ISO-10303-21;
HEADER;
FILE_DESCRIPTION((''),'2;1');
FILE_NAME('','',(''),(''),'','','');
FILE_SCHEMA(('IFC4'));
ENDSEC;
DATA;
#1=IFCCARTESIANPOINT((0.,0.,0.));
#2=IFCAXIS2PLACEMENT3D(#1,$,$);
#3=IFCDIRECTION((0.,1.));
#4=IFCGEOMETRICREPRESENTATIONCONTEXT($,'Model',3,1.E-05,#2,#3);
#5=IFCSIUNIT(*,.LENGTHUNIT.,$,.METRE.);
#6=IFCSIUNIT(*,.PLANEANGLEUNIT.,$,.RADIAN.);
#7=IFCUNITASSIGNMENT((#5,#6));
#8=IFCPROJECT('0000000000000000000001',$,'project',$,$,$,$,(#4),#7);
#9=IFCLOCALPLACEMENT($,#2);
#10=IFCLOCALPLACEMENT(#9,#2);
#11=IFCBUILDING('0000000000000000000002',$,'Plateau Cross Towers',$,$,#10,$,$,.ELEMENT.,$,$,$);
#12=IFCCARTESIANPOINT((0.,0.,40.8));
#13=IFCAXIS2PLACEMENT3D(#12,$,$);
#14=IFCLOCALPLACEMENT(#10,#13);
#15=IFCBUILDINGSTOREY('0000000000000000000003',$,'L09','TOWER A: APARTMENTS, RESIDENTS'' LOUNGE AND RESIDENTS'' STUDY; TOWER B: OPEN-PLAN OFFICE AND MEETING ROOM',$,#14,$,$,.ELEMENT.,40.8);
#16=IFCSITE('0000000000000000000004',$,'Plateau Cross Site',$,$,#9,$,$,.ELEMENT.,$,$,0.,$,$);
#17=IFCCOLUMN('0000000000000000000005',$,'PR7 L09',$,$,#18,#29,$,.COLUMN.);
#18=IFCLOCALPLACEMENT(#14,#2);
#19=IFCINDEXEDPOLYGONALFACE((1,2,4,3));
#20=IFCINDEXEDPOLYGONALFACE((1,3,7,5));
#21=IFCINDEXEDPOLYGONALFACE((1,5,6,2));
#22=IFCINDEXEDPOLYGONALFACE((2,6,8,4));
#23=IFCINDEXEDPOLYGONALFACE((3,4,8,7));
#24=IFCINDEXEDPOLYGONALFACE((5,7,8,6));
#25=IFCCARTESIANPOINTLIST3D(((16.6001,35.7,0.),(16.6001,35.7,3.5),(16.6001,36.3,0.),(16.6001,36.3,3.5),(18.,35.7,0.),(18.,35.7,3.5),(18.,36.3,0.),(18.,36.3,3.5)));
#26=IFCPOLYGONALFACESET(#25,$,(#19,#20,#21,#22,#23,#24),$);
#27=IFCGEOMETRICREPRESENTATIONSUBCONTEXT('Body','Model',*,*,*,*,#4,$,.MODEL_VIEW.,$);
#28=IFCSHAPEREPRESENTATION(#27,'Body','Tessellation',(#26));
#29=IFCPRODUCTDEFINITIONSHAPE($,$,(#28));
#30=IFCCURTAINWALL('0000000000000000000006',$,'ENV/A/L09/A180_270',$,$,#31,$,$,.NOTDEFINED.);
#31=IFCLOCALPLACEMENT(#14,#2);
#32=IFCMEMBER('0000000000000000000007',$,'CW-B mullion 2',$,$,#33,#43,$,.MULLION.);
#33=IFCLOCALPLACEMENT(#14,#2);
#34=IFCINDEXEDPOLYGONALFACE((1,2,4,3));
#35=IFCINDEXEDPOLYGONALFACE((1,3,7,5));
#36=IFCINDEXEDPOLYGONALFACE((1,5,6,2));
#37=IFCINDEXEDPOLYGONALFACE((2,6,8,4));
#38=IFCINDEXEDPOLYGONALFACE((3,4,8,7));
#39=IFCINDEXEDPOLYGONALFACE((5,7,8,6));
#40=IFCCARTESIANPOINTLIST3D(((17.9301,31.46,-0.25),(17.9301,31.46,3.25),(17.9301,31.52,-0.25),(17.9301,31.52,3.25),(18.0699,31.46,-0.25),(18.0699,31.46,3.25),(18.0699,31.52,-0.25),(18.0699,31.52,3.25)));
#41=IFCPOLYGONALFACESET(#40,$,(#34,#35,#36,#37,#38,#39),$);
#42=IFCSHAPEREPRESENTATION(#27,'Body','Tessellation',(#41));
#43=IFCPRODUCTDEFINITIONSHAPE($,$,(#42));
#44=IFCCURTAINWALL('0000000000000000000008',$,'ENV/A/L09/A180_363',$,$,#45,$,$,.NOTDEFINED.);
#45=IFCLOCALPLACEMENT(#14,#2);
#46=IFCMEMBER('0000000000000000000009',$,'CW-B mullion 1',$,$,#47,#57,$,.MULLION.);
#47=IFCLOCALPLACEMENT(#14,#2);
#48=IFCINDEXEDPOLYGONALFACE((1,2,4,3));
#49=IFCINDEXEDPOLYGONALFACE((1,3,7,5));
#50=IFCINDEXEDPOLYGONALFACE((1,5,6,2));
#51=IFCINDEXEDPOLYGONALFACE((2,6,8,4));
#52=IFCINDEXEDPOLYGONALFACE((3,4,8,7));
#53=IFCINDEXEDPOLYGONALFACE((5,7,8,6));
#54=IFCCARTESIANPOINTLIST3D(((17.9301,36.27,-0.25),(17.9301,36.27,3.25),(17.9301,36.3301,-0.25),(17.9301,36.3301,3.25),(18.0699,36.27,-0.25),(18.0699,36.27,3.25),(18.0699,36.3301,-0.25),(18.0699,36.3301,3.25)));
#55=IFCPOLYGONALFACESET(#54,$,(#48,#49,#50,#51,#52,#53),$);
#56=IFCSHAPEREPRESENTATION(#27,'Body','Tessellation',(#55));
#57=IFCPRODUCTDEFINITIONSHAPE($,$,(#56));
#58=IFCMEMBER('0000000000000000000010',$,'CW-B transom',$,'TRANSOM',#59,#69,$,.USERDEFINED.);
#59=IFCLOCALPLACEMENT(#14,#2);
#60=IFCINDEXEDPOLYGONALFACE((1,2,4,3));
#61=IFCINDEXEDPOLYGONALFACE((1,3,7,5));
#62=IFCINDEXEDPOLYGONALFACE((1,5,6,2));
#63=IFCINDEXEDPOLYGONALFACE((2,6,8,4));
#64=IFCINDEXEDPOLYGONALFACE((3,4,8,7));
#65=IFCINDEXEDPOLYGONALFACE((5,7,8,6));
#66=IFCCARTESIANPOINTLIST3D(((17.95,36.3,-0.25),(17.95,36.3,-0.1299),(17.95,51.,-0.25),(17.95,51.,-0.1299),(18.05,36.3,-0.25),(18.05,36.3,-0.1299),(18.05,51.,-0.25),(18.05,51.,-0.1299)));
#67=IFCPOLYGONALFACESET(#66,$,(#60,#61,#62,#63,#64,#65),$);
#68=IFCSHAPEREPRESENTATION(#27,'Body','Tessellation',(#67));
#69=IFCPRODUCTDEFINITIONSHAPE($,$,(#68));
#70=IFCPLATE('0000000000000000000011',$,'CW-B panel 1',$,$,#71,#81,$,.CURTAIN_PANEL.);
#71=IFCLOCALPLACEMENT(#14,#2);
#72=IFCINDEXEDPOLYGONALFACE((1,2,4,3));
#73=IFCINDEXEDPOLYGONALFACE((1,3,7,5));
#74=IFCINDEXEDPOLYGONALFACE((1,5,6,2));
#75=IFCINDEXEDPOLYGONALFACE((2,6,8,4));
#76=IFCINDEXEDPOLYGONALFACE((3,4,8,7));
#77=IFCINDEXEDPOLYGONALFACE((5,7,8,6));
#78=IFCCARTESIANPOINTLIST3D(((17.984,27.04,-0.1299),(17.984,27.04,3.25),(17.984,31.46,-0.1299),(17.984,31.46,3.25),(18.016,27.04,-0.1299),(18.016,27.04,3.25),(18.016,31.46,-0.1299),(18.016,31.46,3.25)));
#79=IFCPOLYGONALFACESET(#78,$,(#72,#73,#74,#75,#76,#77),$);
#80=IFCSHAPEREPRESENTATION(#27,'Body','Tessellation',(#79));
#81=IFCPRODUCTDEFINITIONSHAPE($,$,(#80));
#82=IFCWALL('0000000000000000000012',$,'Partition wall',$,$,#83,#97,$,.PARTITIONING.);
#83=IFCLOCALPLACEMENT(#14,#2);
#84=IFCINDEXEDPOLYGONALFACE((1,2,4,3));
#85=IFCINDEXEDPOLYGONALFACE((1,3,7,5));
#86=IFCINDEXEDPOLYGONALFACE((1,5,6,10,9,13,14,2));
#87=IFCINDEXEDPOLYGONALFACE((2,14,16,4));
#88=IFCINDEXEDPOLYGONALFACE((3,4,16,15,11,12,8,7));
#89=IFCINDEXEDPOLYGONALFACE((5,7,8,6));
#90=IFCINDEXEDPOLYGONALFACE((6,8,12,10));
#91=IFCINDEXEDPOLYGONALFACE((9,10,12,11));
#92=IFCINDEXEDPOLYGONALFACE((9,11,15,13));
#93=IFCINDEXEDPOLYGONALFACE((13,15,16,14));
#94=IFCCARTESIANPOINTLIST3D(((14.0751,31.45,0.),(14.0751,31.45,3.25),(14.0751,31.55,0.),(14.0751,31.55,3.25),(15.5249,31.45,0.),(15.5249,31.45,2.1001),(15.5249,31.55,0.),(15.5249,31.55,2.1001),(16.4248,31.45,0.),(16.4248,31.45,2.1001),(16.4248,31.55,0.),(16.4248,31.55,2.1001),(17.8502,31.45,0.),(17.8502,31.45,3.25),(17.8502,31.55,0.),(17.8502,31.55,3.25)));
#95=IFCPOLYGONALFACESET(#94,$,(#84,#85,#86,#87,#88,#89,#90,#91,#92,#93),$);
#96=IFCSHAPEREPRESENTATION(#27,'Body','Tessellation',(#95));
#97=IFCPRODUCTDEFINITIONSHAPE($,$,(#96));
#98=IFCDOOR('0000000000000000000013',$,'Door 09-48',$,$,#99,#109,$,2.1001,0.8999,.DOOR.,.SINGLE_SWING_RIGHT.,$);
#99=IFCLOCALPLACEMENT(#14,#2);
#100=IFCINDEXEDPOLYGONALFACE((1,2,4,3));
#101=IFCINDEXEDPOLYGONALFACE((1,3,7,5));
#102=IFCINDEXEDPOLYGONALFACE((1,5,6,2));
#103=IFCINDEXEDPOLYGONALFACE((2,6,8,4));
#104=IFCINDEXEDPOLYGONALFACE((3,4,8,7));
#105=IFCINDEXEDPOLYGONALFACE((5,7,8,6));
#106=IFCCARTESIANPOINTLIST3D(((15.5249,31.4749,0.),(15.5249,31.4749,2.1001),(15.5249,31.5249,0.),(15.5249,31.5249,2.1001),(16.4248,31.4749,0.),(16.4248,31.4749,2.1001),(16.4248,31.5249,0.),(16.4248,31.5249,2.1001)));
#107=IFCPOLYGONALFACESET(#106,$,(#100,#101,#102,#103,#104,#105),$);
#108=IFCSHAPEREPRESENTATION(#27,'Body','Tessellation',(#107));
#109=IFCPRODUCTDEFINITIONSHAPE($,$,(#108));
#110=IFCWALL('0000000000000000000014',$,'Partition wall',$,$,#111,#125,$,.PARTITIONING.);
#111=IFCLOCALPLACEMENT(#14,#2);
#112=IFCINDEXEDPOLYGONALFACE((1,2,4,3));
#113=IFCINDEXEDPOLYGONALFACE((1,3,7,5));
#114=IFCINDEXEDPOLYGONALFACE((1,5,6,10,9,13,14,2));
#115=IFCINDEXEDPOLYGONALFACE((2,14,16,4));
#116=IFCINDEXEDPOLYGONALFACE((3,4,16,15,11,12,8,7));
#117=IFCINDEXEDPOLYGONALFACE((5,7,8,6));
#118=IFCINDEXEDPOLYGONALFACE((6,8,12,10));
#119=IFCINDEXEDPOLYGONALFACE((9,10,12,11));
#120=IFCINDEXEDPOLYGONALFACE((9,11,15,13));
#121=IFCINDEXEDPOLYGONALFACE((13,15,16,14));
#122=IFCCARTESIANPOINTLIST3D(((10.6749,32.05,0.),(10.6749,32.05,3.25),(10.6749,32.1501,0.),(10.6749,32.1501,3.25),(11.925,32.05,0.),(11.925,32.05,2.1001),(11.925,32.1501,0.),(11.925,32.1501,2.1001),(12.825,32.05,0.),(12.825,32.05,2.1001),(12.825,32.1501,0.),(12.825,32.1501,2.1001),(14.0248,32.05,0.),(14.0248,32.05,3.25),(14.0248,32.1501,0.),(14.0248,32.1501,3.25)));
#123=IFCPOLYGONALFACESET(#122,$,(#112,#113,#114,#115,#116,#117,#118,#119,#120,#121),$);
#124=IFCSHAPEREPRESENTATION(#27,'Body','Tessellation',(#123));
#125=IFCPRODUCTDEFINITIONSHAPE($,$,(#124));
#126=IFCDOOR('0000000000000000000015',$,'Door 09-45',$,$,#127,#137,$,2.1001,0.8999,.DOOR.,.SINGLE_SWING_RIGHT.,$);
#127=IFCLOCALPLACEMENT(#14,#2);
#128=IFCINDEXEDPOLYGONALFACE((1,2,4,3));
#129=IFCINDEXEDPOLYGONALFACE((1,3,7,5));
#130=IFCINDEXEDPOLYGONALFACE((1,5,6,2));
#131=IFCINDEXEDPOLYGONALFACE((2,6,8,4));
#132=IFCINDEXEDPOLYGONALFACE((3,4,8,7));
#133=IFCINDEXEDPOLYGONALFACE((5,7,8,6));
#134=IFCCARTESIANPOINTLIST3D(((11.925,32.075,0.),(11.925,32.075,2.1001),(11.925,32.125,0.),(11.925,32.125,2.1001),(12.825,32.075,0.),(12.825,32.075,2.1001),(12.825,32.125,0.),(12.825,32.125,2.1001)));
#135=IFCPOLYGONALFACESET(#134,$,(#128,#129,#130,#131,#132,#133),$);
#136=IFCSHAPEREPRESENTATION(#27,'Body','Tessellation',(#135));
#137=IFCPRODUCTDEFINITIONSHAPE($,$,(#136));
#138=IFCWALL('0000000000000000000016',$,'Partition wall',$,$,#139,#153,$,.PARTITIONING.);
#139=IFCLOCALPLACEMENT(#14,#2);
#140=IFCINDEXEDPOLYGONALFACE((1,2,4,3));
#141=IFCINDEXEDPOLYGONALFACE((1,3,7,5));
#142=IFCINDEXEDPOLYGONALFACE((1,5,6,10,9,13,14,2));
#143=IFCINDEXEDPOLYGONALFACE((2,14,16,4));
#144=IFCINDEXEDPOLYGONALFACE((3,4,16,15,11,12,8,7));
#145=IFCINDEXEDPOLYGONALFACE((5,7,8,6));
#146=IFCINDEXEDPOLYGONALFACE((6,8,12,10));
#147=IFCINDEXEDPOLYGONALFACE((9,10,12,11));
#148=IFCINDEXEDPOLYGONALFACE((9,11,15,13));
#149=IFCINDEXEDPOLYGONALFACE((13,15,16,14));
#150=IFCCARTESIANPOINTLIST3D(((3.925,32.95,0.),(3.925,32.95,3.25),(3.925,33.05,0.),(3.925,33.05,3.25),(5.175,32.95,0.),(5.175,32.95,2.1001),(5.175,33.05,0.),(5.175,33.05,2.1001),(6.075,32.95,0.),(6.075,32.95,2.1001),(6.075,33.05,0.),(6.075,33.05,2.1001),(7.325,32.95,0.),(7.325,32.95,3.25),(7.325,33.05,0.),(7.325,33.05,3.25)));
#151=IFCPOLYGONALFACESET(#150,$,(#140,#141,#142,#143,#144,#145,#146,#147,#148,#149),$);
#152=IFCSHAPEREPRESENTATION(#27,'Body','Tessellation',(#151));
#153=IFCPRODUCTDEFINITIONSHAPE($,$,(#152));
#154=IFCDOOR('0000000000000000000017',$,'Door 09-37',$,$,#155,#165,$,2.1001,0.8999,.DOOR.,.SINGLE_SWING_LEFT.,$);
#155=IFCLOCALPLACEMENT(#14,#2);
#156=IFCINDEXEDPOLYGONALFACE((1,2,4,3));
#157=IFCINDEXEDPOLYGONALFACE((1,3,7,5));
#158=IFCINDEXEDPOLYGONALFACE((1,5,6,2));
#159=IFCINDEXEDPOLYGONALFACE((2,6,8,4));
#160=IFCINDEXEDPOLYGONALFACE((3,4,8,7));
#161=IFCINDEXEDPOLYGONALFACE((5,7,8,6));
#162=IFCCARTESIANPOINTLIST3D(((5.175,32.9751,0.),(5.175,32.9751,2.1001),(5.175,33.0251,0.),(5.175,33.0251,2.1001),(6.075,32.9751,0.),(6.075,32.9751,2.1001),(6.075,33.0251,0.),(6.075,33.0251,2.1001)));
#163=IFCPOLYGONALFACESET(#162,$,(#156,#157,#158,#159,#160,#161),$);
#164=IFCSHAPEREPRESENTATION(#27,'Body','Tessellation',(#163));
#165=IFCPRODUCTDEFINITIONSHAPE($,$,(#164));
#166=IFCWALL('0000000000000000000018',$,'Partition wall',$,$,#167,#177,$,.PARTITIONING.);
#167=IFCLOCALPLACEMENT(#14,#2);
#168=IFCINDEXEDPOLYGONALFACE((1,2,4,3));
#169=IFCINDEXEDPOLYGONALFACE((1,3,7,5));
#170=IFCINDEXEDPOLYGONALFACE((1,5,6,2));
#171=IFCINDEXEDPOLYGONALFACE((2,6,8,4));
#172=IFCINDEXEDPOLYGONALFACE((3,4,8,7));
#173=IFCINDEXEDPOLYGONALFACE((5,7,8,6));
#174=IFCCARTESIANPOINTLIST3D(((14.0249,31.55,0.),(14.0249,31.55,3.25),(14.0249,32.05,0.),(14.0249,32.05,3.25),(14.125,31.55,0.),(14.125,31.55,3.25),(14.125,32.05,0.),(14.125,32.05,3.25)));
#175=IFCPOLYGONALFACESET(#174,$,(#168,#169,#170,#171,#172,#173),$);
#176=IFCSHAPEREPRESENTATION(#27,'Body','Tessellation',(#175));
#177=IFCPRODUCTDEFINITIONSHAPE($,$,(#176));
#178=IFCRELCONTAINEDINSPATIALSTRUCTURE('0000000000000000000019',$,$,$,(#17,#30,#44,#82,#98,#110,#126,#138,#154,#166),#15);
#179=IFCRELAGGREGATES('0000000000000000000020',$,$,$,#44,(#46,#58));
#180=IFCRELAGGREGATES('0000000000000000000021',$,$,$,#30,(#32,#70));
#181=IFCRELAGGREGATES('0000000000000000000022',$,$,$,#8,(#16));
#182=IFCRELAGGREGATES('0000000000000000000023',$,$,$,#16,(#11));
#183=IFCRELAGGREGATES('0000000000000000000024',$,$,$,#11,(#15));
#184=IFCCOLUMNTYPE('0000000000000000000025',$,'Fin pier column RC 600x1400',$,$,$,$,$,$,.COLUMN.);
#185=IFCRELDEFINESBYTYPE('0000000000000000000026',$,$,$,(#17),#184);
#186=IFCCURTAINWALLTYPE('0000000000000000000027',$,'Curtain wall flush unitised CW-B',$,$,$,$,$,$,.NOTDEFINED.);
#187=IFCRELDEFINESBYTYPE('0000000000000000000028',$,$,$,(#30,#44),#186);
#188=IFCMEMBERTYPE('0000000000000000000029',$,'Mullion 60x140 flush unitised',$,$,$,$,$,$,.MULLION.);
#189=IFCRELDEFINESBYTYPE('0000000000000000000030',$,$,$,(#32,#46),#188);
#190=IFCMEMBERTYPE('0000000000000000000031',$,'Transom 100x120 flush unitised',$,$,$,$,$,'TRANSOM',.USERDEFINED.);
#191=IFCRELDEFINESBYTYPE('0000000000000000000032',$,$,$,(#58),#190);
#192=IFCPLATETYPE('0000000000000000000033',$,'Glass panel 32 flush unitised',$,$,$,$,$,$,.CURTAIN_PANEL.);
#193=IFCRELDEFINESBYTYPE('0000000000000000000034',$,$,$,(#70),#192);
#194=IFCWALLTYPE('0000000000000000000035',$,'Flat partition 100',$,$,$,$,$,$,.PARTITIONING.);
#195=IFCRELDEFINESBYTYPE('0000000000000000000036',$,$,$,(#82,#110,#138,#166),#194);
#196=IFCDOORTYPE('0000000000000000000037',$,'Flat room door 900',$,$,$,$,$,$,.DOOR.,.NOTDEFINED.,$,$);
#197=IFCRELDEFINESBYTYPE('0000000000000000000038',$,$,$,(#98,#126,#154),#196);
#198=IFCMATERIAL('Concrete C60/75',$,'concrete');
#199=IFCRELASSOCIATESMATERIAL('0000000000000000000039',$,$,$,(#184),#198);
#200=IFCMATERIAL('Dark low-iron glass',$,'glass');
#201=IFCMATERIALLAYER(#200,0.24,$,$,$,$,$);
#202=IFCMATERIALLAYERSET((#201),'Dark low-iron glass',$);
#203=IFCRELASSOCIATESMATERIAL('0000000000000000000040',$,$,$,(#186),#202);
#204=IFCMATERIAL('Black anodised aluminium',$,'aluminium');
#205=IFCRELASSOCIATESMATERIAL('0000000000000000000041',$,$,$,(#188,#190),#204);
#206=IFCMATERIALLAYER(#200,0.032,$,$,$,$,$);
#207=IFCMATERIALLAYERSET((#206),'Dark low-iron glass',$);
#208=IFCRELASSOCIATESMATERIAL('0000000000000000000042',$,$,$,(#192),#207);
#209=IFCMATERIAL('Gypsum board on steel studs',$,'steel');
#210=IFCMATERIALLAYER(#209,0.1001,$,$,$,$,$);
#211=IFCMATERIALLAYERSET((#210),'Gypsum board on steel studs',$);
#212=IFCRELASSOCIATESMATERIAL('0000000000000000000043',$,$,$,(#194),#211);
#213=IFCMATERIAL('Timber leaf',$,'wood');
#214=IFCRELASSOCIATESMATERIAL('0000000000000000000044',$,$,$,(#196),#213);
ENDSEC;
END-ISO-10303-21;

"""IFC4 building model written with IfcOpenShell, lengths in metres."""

from ifc_helpers import new_model, si_unit, direction, frame, frame_2d, origin, origin_2d, place, context, subcontext, project, spatial, rectangle, extrude, material, layer, layer_set, material_profile, profile_set, type_object, element, fill, aggregate, save


model = new_model("IFC4")

# Units and contexts
model_context = context("Model", 3, precision=1e-05, world=origin(), true_north=direction((0.0, 1.0)))
body_context = subcontext(model_context, "Body", "Model", "MODEL_VIEW")
ifc_project = project(units=[si_unit("LENGTHUNIT", "METRE"), si_unit("PLANEANGLEUNIT", "RADIAN")], contexts=[model_context])

# Site, building, storey
site_placement = place(None, origin())
site = spatial("IfcSite", under=ifc_project, at=site_placement, Name="Plateau Cross Site", CompositionType="ELEMENT", RefElevation=0.0)
building_placement = place(site_placement, origin())
building = spatial("IfcBuilding", under=site, at=building_placement, Name="Plateau Cross Towers", CompositionType="ELEMENT")
storey_placement = place(building_placement, frame((0.0, 0.0, 40.8)))
storey = spatial("IfcBuildingStorey", under=building, at=storey_placement, Name="L09", Description="TOWER A: APARTMENTS, RESIDENTS' LOUNGE AND RESIDENTS' STUDY; TOWER B: OPEN-PLAN OFFICE AND MEETING ROOM", CompositionType="ELEMENT", Elevation=40.8)

# Column
ifc_material_1 = material(Name="Concrete C60/75", Category="concrete")
ifc_material_profile_1 = material_profile(ifc_material_1, rectangle(XDim=0.6001, YDim=1.3999, at=origin_2d()), Name="RC 600x1400")
ifc_profile_set_1 = profile_set([ifc_material_profile_1], Name="Concrete C60/75")
column_type = type_object("IfcColumnType", Name="Fin pier column RC 600x1400", PredefinedType="COLUMN", material=ifc_profile_set_1)
column_placement = place(storey_placement, frame((17.3, 36.0, 0.0), z_axis=(0.0, 0.0, 1.0), x_axis=(0.0, 1.0, 0.0)))
element("IfcColumn", 1, at=column_placement, inside=storey, type_object=column_type, Name="PR7 L09", PredefinedType="COLUMN", context=body_context, shape_type="SweptSolid", body=[
    extrude(rectangle(XDim=0.6001, YDim=1.3999, at=origin_2d()), origin(), (0.0, 0.0, 1.0), 3.5),
])

# Curtain wall, member
ifc_material_2 = material(Name="Dark low-iron glass", Category="glass")
ifc_layer_1 = layer(ifc_material_2, 0.24)
ifc_layer_set_1 = layer_set([ifc_layer_1], Name="Dark low-iron glass")
curtain_wall_type = type_object("IfcCurtainWallType", Name="Curtain wall flush unitised CW-B", PredefinedType="NOTDEFINED", material=ifc_layer_set_1)
curtain_wall_1_placement = place(storey_placement, origin())
curtain_wall_1 = element("IfcCurtainWall", 2, at=curtain_wall_1_placement, inside=storey, type_object=curtain_wall_type, Name="ENV/A/L09/A180_270", PredefinedType="NOTDEFINED")
ifc_material_3 = material(Name="Black anodised aluminium", Category="aluminium")
ifc_material_profile_2 = material_profile(ifc_material_3, rectangle(XDim=0.0601, YDim=0.1399, at=origin_2d()), Name="MULLION 60x140")
ifc_profile_set_2 = profile_set([ifc_material_profile_2], Name="Black anodised aluminium")
member_type_1 = type_object("IfcMemberType", Name="Mullion 60x140 flush unitised", PredefinedType="MULLION", material=ifc_profile_set_2)
member_1_placement = place(storey_placement, frame((18.0, 31.49, -0.25), z_axis=(0.0, 0.0, 1.0), x_axis=(0.0, 1.0, 0.0)))
member_1 = element("IfcMember", 3, at=member_1_placement, type_object=member_type_1, Name="CW-B mullion 2", PredefinedType="MULLION", context=body_context, shape_type="SweptSolid", body=[
    extrude(rectangle(XDim=0.0601, YDim=0.1399, at=origin_2d()), origin(), (0.0, 0.0, 1.0), 3.5),
])

# Curtain wall, members
curtain_wall_2_placement = place(storey_placement, origin())
curtain_wall_2 = element("IfcCurtainWall", 4, at=curtain_wall_2_placement, inside=storey, type_object=curtain_wall_type, Name="ENV/A/L09/A180_363", PredefinedType="NOTDEFINED")
member_2_placement = place(storey_placement, frame((18.0, 36.3, -0.25), z_axis=(0.0, 0.0, 1.0), x_axis=(0.0, 1.0, 0.0)))
member_2 = element("IfcMember", 5, at=member_2_placement, type_object=member_type_1, Name="CW-B mullion 1", PredefinedType="MULLION", context=body_context, shape_type="SweptSolid", body=[
    extrude(rectangle(XDim=0.0601, YDim=0.1399, at=origin_2d()), origin(), (0.0, 0.0, 1.0), 3.5),
])
ifc_material_profile_3 = material_profile(ifc_material_3, rectangle(XDim=0.1001, YDim=0.1201, at=origin_2d()), Name="TRANSOM 100x120")
ifc_profile_set_3 = profile_set([ifc_material_profile_3], Name="Black anodised aluminium")
member_type_2 = type_object("IfcMemberType", Name="Transom 100x120 flush unitised", ElementType="TRANSOM", PredefinedType="USERDEFINED", material=ifc_profile_set_3)
member_3_placement = place(storey_placement, frame((18.0, 36.3, -0.1899), z_axis=(0.0, 1.0, 0.0), x_axis=(-1.0, 0.0, 0.0)))
member_3 = element("IfcMember", 6, at=member_3_placement, type_object=member_type_2, Name="CW-B transom", ObjectType="TRANSOM", PredefinedType="USERDEFINED", context=body_context, shape_type="SweptSolid", body=[
    extrude(rectangle(XDim=0.1001, YDim=0.1201, at=origin_2d()), origin(), (0.0, 0.0, 1.0), 14.7),
])
aggregate(curtain_wall_2, [member_2, member_3])

# Plate
ifc_layer_2 = layer(ifc_material_2, 0.032)
ifc_layer_set_2 = layer_set([ifc_layer_2], Name="Dark low-iron glass")
plate_type = type_object("IfcPlateType", Name="Glass panel 32 flush unitised", PredefinedType="CURTAIN_PANEL", material=ifc_layer_set_2)
plate_placement = place(storey_placement, frame((18.0, 29.25, -0.1299), z_axis=(0.0, 0.0, 1.0), x_axis=(0.0, 1.0, 0.0)))
plate = element("IfcPlate", 7, at=plate_placement, type_object=plate_type, Name="CW-B panel 1", PredefinedType="CURTAIN_PANEL", context=body_context, shape_type="SweptSolid", body=[
    extrude(rectangle(XDim=4.4199, YDim=0.032, at=origin_2d()), origin(), (0.0, 0.0, 1.0), 3.3799),
])
aggregate(curtain_wall_1, [member_1, plate])

# Walls, openings, doors
ifc_material_4 = material(Name="Gypsum board on steel studs", Category="steel")
ifc_layer_3 = layer(ifc_material_4, 0.1001)
ifc_layer_set_3 = layer_set([ifc_layer_3], Name="Gypsum board on steel studs")
wall_type_1 = type_object("IfcWallType", Name="Flat partition 100", PredefinedType="PARTITIONING", material=ifc_layer_set_3)
wall_1_placement = place(storey_placement, frame((14.075, 31.5, 0.0), z_axis=(0.0, 0.0, 1.0), x_axis=(1.0, 0.0, 0.0)))
wall_1 = element("IfcWall", 8, at=wall_1_placement, inside=storey, type_object=wall_type_1, Name="Partition wall", PredefinedType="PARTITIONING", context=body_context, shape_type="SweptSolid", body=[
    extrude(rectangle(XDim=3.7751, YDim=0.1001, at=frame_2d((1.8877, 0.0))), origin(), (0.0, 0.0, 1.0), 3.25),
])
opening_1_placement = place(wall_1_placement, frame((1.45, 0.0, 0.0)))
opening_1 = element("IfcOpeningElement", 9, at=opening_1_placement, cuts=wall_1, PredefinedType="OPENING", context=body_context, shape_type="SweptSolid", body=[
    extrude(rectangle(XDim=0.8999, YDim=2.1001, at=frame_2d((0.45, 1.05))), frame((0.0, 0.0601, 0.0), z_axis=(0.0, -1.0, 0.0), x_axis=(1.0, 0.0, 0.0)), (0.0, 0.0, 1.0), 0.1201),
])
ifc_material_5 = material(Name="Timber leaf", Category="wood")
door_type_1 = type_object("IfcDoorType", Name="Flat room door 900", OperationType="NOTDEFINED", PredefinedType="DOOR", material=ifc_material_5)
door_1_placement = place(opening_1_placement, origin())
door_1 = element("IfcDoor", 10, at=door_1_placement, inside=storey, type_object=door_type_1, Name="Door 09-48", OperationType="SINGLE_SWING_RIGHT", OverallHeight=2.1001, OverallWidth=0.8999, PredefinedType="DOOR", context=body_context, shape_type="SweptSolid", body=[
    extrude(rectangle(XDim=0.8999, YDim=2.1001, at=frame_2d((0.45, 1.05))), frame((0.0, 0.0249, 0.0), z_axis=(0.0, -1.0, 0.0), x_axis=(1.0, 0.0, 0.0)), (0.0, 0.0, 1.0), 0.05),
])
fill(opening_1, door_1)
wall_2_placement = place(storey_placement, frame((10.675, 32.1001, 0.0), z_axis=(0.0, 0.0, 1.0), x_axis=(1.0, 0.0, 0.0)))
wall_2 = element("IfcWall", 11, at=wall_2_placement, inside=storey, type_object=wall_type_1, Name="Partition wall", PredefinedType="PARTITIONING", context=body_context, shape_type="SweptSolid", body=[
    extrude(rectangle(XDim=3.3499, YDim=0.1001, at=frame_2d((1.6748, 0.0))), origin(), (0.0, 0.0, 1.0), 3.25),
])
opening_2_placement = place(wall_2_placement, frame((1.25, 0.0, 0.0)))
opening_2 = element("IfcOpeningElement", 12, at=opening_2_placement, cuts=wall_2, PredefinedType="OPENING", context=body_context, shape_type="SweptSolid", body=[
    extrude(rectangle(XDim=0.8999, YDim=2.1001, at=frame_2d((0.45, 1.05))), frame((0.0, 0.0601, 0.0), z_axis=(0.0, -1.0, 0.0), x_axis=(1.0, 0.0, 0.0)), (0.0, 0.0, 1.0), 0.1201),
])
door_2_placement = place(opening_2_placement, origin())
door_2 = element("IfcDoor", 13, at=door_2_placement, inside=storey, type_object=door_type_1, Name="Door 09-45", OperationType="SINGLE_SWING_RIGHT", OverallHeight=2.1001, OverallWidth=0.8999, PredefinedType="DOOR", context=body_context, shape_type="SweptSolid", body=[
    extrude(rectangle(XDim=0.8999, YDim=2.1001, at=frame_2d((0.45, 1.05))), frame((0.0, 0.0249, 0.0), z_axis=(0.0, -1.0, 0.0), x_axis=(1.0, 0.0, 0.0)), (0.0, 0.0, 1.0), 0.05),
])
fill(opening_2, door_2)
wall_3_placement = place(storey_placement, frame((7.325, 33.0, 0.0), z_axis=(0.0, 0.0, 1.0), x_axis=(-1.0, 0.0, 0.0)))
wall_3 = element("IfcWall", 14, at=wall_3_placement, inside=storey, type_object=wall_type_1, Name="Partition wall", PredefinedType="PARTITIONING", context=body_context, shape_type="SweptSolid", body=[
    extrude(rectangle(XDim=3.3999, YDim=0.1001, at=frame_2d((1.7, 0.0))), origin(), (0.0, 0.0, 1.0), 3.25),
])
opening_3_placement = place(wall_3_placement, frame((1.25, 0.0, 0.0)))
opening_3 = element("IfcOpeningElement", 15, at=opening_3_placement, cuts=wall_3, PredefinedType="OPENING", context=body_context, shape_type="SweptSolid", body=[
    extrude(rectangle(XDim=0.8999, YDim=2.1001, at=frame_2d((0.45, 1.05))), frame((0.0, 0.0601, 0.0), z_axis=(0.0, -1.0, 0.0), x_axis=(1.0, 0.0, 0.0)), (0.0, 0.0, 1.0), 0.1201),
])
door_3_placement = place(opening_3_placement, origin())
door_3 = element("IfcDoor", 16, at=door_3_placement, inside=storey, type_object=door_type_1, Name="Door 09-37", OperationType="SINGLE_SWING_LEFT", OverallHeight=2.1001, OverallWidth=0.8999, PredefinedType="DOOR", context=body_context, shape_type="SweptSolid", body=[
    extrude(rectangle(XDim=0.8999, YDim=2.1001, at=frame_2d((0.45, 1.05))), frame((0.0, 0.0249, 0.0), z_axis=(0.0, -1.0, 0.0), x_axis=(1.0, 0.0, 0.0)), (0.0, 0.0, 1.0), 0.05),
])
fill(opening_3, door_3)

# Wall
wall_4_placement = place(storey_placement, frame((14.075, 32.05, 0.0), z_axis=(0.0, 0.0, 1.0), x_axis=(0.0, -1.0, 0.0)))
element("IfcWall", 17, at=wall_4_placement, inside=storey, type_object=wall_type_1, Name="Partition wall", PredefinedType="PARTITIONING", context=body_context, shape_type="SweptSolid", body=[
    extrude(rectangle(XDim=0.5, YDim=0.1001, at=frame_2d((0.25, 0.0))), origin(), (0.0, 0.0, 1.0), 3.25),
])

save(model, "model.ifc")
